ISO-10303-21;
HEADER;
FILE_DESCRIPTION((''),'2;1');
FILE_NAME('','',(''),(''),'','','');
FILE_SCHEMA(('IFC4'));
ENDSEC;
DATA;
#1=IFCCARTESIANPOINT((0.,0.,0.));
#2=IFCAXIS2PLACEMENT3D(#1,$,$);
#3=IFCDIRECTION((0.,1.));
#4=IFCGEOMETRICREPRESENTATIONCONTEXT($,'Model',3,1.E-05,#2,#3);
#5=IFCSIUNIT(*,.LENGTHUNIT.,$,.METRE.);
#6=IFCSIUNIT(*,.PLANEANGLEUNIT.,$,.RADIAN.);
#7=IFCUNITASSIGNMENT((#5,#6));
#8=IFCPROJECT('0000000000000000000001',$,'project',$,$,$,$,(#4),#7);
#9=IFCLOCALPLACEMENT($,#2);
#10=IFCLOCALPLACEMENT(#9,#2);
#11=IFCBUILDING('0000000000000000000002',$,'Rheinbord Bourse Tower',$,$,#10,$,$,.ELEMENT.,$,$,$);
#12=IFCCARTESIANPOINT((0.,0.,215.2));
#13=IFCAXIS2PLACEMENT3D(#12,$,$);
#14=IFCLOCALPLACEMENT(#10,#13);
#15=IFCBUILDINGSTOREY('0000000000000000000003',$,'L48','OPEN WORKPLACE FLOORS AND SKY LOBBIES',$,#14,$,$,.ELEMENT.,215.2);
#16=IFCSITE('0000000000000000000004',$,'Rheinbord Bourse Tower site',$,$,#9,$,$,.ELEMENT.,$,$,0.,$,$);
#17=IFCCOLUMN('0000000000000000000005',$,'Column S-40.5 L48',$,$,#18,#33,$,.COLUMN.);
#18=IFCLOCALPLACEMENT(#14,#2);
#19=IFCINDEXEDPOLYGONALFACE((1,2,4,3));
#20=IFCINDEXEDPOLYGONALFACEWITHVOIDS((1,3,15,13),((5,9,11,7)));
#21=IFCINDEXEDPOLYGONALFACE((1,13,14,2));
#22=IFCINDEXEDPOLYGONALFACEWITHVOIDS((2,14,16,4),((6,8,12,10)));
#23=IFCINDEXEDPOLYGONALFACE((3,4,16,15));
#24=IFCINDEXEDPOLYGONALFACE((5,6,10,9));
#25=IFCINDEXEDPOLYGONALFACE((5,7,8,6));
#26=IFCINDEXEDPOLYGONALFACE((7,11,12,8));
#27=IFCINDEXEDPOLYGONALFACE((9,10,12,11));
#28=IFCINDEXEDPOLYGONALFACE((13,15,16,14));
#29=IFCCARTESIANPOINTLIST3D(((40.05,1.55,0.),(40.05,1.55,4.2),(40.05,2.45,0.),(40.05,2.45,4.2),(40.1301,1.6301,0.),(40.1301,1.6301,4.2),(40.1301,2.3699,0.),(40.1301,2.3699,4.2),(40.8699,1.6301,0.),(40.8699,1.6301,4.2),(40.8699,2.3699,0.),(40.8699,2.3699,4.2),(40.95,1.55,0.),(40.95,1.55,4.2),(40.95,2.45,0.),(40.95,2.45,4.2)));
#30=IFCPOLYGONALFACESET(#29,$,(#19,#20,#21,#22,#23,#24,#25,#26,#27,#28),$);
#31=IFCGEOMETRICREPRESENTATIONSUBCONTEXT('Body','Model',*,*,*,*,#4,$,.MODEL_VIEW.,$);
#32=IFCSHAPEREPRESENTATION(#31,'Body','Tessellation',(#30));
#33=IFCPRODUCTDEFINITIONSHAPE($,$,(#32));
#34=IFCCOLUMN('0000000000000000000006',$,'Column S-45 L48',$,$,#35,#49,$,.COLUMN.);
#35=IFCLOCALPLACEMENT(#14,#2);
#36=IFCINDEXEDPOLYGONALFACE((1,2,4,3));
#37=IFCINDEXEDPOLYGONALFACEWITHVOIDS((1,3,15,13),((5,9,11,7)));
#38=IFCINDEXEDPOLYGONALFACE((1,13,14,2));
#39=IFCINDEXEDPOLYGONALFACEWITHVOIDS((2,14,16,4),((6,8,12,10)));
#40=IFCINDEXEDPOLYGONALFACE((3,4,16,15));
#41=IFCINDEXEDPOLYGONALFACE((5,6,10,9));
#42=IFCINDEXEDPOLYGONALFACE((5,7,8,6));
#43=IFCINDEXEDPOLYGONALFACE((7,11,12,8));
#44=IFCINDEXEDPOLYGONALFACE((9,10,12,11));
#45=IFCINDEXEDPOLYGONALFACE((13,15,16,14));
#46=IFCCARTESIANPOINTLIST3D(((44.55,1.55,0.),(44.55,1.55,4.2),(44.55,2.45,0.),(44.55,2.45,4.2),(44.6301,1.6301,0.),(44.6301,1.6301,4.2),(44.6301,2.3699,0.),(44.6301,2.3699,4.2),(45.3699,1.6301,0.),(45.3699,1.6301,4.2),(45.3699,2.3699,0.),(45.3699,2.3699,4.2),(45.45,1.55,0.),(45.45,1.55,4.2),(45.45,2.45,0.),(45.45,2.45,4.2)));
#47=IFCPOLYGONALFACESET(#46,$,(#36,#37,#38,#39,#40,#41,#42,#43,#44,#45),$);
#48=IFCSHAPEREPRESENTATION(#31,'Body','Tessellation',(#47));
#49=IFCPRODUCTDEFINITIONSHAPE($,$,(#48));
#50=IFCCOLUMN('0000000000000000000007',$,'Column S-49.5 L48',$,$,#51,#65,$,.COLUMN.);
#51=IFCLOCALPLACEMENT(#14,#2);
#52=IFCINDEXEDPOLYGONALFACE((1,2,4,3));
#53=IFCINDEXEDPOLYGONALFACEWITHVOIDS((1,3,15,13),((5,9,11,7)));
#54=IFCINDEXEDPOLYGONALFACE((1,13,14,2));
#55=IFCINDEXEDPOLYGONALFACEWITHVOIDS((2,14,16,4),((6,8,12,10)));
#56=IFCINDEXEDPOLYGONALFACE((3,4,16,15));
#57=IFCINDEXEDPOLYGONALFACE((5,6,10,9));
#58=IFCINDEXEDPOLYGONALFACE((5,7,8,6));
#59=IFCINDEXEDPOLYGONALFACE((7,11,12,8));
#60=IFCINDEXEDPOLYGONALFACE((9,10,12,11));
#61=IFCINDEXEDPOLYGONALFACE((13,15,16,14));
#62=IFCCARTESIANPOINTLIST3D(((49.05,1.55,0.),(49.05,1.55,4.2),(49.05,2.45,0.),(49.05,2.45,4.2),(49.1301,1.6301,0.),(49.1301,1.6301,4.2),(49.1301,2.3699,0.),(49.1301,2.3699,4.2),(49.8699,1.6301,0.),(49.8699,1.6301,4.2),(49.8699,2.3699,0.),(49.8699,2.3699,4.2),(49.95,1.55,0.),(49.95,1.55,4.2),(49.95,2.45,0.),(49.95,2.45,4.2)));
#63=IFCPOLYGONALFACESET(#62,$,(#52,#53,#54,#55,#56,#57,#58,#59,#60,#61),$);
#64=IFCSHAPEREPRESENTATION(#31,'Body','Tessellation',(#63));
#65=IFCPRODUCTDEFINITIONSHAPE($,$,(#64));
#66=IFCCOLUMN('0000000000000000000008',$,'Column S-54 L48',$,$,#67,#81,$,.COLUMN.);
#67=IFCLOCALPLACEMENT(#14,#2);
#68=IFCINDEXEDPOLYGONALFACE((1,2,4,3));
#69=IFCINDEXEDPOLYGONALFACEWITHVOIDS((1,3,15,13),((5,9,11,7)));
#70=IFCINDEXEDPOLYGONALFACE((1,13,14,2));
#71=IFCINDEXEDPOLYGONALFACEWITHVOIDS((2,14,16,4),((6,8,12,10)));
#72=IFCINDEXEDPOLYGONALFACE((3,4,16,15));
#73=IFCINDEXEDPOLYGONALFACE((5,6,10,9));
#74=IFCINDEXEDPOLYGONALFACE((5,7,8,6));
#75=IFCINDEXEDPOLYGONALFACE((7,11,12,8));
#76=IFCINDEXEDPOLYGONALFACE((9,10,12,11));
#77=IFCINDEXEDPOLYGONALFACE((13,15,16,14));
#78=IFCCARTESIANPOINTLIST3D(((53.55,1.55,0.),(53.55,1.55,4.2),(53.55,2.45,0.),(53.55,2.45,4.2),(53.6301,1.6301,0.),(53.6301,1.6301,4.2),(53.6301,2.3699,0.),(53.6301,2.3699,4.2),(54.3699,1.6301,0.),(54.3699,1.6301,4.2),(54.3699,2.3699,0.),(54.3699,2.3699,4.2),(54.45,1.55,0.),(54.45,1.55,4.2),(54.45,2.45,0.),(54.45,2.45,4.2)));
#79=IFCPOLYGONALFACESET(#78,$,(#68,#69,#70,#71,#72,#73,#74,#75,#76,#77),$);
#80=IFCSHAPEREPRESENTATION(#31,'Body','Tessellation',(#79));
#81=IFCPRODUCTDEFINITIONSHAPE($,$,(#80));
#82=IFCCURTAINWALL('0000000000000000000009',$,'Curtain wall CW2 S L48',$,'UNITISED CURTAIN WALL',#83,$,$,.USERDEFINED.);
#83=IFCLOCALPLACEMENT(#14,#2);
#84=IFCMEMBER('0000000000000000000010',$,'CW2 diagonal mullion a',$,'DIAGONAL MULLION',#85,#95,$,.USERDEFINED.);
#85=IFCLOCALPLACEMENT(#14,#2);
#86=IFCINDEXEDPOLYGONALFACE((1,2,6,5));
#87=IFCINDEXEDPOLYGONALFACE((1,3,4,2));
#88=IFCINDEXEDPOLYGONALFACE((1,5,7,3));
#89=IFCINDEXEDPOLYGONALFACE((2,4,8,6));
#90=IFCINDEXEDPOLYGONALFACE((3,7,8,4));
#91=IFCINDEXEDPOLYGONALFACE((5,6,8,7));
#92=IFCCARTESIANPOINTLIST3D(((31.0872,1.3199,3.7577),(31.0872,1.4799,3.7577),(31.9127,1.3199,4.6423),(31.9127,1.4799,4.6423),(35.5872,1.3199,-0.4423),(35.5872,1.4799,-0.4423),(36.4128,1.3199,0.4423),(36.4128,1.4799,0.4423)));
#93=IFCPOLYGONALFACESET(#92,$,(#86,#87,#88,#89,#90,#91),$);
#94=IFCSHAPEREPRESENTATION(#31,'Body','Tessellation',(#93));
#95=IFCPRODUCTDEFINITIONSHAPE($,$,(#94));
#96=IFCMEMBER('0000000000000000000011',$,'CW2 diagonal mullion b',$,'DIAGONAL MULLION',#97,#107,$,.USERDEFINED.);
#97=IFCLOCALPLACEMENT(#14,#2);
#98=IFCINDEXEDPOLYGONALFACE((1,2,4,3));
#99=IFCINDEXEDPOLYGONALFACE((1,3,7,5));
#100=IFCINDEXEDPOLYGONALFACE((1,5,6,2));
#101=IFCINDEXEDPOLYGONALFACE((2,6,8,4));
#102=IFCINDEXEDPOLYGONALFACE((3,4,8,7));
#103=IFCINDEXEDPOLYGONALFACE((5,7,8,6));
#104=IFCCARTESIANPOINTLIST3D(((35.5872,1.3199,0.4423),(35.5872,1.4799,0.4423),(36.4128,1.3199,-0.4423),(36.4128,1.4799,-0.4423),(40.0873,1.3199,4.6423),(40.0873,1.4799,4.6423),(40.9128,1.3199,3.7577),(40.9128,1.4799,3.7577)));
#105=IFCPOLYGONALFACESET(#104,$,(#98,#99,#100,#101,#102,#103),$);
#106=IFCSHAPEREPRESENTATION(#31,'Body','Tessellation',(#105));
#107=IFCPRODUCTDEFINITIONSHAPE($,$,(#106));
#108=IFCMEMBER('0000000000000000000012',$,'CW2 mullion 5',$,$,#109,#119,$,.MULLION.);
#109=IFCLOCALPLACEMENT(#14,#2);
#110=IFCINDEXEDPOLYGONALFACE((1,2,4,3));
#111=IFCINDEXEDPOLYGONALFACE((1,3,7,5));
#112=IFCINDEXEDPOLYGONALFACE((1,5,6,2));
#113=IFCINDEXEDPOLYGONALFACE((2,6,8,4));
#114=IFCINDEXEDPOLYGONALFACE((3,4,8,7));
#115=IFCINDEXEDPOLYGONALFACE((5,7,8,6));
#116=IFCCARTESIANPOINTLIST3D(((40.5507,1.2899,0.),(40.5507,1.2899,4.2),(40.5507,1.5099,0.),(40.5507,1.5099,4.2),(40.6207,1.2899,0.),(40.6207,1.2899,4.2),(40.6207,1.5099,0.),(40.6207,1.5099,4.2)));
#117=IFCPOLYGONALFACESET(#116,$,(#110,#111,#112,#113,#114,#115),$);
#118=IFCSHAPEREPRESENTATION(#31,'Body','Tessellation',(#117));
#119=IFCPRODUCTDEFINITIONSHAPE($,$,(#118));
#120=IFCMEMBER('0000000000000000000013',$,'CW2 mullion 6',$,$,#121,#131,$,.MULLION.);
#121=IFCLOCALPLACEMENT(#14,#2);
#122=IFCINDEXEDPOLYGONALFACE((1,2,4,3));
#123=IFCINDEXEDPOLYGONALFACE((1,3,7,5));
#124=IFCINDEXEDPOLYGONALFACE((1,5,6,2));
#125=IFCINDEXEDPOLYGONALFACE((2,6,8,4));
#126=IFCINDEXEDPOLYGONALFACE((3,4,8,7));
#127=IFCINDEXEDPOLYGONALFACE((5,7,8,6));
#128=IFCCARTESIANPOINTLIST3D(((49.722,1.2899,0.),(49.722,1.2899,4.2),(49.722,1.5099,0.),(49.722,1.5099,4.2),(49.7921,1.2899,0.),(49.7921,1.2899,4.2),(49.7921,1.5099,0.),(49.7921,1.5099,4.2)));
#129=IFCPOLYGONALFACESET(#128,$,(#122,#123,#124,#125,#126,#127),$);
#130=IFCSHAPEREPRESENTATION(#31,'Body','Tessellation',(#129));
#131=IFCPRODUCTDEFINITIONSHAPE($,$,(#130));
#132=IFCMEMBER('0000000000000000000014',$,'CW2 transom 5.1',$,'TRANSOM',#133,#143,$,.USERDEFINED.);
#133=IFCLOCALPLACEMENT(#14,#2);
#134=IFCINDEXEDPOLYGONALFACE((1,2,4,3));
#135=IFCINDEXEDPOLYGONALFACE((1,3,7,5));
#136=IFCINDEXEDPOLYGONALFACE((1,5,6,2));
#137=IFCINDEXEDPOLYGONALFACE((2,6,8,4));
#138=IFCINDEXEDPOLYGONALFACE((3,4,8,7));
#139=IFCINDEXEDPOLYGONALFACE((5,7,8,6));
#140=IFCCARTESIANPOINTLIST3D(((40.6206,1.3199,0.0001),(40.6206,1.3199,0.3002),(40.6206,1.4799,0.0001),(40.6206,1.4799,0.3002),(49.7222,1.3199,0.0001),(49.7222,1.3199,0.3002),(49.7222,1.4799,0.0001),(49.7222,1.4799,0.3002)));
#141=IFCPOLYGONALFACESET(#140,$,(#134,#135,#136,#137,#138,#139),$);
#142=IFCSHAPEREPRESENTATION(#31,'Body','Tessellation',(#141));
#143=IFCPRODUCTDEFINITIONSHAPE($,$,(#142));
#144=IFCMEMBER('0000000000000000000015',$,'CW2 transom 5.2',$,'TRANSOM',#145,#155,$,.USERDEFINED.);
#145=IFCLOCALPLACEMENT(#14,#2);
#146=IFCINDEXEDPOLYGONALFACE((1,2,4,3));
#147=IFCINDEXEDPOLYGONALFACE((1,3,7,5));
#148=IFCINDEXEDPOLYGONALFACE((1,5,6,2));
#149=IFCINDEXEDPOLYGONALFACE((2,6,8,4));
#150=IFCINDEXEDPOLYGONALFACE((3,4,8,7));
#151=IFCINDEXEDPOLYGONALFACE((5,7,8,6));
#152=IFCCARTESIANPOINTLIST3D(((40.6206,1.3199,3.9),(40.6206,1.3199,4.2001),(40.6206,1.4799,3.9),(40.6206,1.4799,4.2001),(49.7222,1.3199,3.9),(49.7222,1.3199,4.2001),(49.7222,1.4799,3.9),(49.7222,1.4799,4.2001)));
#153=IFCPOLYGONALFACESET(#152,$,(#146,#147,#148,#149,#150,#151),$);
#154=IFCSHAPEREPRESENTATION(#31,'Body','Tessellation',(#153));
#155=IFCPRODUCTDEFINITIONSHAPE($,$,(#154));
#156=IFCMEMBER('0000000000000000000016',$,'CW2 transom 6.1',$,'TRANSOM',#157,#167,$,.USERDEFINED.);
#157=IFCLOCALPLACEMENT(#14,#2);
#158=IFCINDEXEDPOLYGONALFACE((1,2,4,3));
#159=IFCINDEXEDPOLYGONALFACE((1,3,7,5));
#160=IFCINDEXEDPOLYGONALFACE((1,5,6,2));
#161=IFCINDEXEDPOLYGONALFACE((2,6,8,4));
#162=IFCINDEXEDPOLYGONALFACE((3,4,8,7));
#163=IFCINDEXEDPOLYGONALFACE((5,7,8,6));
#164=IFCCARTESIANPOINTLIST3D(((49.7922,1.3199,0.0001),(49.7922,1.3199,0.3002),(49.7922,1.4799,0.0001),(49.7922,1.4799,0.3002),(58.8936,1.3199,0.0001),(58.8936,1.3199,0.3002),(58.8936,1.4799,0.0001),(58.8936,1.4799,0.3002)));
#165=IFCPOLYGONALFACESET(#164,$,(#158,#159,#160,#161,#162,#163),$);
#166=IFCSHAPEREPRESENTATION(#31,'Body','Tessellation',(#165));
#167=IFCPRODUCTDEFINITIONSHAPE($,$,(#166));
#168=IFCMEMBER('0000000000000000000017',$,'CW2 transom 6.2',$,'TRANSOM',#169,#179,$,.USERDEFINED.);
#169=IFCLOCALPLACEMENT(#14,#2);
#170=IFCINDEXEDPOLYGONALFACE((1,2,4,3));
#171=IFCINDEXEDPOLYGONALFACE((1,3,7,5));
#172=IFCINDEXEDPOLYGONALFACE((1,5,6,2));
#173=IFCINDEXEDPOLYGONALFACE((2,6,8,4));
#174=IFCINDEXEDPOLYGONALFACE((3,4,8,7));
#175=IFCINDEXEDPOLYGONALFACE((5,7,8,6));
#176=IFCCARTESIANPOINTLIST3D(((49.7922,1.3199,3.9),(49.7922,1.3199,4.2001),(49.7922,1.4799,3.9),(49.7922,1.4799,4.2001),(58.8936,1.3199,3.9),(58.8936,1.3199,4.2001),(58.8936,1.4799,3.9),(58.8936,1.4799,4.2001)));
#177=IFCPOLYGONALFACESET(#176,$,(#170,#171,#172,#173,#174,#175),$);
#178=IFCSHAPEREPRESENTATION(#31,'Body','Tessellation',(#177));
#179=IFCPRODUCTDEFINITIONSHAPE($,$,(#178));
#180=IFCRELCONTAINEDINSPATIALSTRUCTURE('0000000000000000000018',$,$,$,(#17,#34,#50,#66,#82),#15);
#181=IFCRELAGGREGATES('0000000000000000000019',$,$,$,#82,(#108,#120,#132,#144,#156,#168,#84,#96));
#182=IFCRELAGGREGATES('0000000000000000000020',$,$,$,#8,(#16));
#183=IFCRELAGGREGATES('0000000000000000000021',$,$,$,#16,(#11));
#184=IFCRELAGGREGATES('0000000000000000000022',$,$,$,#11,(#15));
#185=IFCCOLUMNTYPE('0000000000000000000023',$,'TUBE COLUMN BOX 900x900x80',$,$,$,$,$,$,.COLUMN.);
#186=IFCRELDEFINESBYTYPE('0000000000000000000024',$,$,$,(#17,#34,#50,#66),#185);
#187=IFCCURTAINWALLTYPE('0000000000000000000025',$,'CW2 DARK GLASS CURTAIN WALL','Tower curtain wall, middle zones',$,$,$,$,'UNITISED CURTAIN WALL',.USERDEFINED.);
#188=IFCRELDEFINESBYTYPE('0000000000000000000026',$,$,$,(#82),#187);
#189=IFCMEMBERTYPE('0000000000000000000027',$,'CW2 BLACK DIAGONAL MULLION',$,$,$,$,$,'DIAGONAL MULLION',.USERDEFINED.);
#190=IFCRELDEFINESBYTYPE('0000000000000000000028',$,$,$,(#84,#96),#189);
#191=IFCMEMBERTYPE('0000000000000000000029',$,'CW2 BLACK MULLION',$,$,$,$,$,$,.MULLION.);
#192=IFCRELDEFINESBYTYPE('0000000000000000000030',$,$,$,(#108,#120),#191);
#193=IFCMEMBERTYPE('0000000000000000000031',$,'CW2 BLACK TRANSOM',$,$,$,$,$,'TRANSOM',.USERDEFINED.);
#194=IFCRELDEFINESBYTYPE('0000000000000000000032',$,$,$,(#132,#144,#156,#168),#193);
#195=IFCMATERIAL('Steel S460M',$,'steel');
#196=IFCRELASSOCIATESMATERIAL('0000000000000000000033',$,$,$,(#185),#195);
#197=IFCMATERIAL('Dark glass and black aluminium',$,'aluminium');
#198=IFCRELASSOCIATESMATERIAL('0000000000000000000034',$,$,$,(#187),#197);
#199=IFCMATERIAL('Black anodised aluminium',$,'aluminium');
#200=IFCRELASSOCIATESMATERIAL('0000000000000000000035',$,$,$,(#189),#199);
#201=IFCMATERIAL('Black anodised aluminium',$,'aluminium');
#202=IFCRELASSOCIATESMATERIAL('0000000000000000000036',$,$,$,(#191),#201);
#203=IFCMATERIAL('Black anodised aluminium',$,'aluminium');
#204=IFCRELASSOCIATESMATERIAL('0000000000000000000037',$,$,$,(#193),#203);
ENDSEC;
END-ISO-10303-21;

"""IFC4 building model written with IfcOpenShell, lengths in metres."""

from ifc_helpers import new_model, si_unit, direction, frame, origin, origin_2d, place, context, subcontext, project, spatial, rectangle, hollow_rectangle, extrude, material, material_profile, profile_set, type_object, element, aggregate, save


model = new_model("IFC4")

# Units and contexts
model_context = context("Model", 3, precision=1e-05, world=origin(), true_north=direction((0.0, 1.0)))
body_context = subcontext(model_context, "Body", "Model", "MODEL_VIEW")
ifc_project = project(units=[si_unit("LENGTHUNIT", "METRE"), si_unit("PLANEANGLEUNIT", "RADIAN")], contexts=[model_context])

# Site, building, storey
site_placement = place(None, origin())
site = spatial("IfcSite", under=ifc_project, at=site_placement, Name="Rheinbord Bourse Tower site", CompositionType="ELEMENT", RefElevation=0.0)
building_placement = place(site_placement, origin())
building = spatial("IfcBuilding", under=site, at=building_placement, Name="Rheinbord Bourse Tower", CompositionType="ELEMENT")
storey_placement = place(building_placement, frame((0.0, 0.0, 215.2)))
storey = spatial("IfcBuildingStorey", under=building, at=storey_placement, Name="L48", Description="OPEN WORKPLACE FLOORS AND SKY LOBBIES", CompositionType="ELEMENT", Elevation=215.2)

# Columns
ifc_material_1 = material(Name="Steel S460M", Category="steel")
ifc_material_profile_1 = material_profile(ifc_material_1, hollow_rectangle(XDim=0.8999, YDim=0.8999, WallThickness=0.0801, at=origin_2d()), Name="BOX 900x900x80")
ifc_profile_set_1 = profile_set([ifc_material_profile_1], Name="Steel S460M")
column_type = type_object("IfcColumnType", Name="TUBE COLUMN BOX 900x900x80", PredefinedType="COLUMN", material=ifc_profile_set_1)
for number, where, z_axis, x_axis, name in (
    (1, (40.5, 2.0, 0.0), (0.0, 0.0, 1.0), (0.0, 1.0, 0.0), "Column S-40.5 L48"),
    (2, (45.0, 2.0, 0.0), (0.0, 0.0, 1.0), (0.0, 1.0, 0.0), "Column S-45 L48"),
    (3, (49.5, 2.0, 0.0), (0.0, 0.0, 1.0), (0.0, 1.0, 0.0), "Column S-49.5 L48"),
    (4, (54.0, 2.0, 0.0), (0.0, 0.0, 1.0), (0.0, 1.0, 0.0), "Column S-54 L48"),
):
    element("IfcColumn", number, at=place(storey_placement, frame(where, z_axis=z_axis, x_axis=x_axis)), inside=storey, type_object=column_type, Name=name, PredefinedType="COLUMN", context=body_context, shape_type="SweptSolid", body=[
        extrude(hollow_rectangle(XDim=0.8999, YDim=0.8999, WallThickness=0.0801, at=origin_2d()), origin(), (0.0, 0.0, 1.0), 4.2),
    ])

# Curtain wall, members
ifc_material_2 = material(Name="Dark glass and black aluminium", Category="aluminium")
curtain_wall_type = type_object("IfcCurtainWallType", Name="CW2 DARK GLASS CURTAIN WALL", Description="Tower curtain wall, middle zones", ElementType="UNITISED CURTAIN WALL", PredefinedType="USERDEFINED", material=ifc_material_2)
curtain_wall_placement = place(storey_placement, origin())
curtain_wall = element("IfcCurtainWall", 5, at=curtain_wall_placement, inside=storey, type_object=curtain_wall_type, Name="Curtain wall CW2 S L48", ObjectType="UNITISED CURTAIN WALL", PredefinedType="USERDEFINED")
ifc_material_3 = material(Name="Black anodised aluminium", Category="aluminium")
ifc_material_profile_2 = material_profile(ifc_material_3, rectangle(XDim=0.1599, YDim=1.21, at=origin_2d()), Name="CW2 DIAGONAL MULLION 1210x160")
ifc_profile_set_2 = profile_set([ifc_material_profile_2], Name="Black anodised aluminium")
member_type_1 = type_object("IfcMemberType", Name="CW2 BLACK DIAGONAL MULLION", ElementType="DIAGONAL MULLION", PredefinedType="USERDEFINED", material=ifc_profile_set_2)
member_1_placement = place(storey_placement, frame((36.0, 1.3999, 0.0), z_axis=(-0.731059, 0.0, 0.682314), x_axis=(0.0, -1.0, 0.0)))
member_1 = element("IfcMember", 6, at=member_1_placement, type_object=member_type_1, Name="CW2 diagonal mullion a", ObjectType="DIAGONAL MULLION", PredefinedType="USERDEFINED", context=body_context, shape_type="SweptSolid", body=[
    extrude(rectangle(XDim=0.1599, YDim=1.21, at=origin_2d()), origin(), (0.0, 0.0, 1.0), 6.1555),
])
member_2_placement = place(storey_placement, frame((36.0, 1.3999, 0.0), z_axis=(0.731059, 0.0, 0.682314), x_axis=(0.0, 1.0, 0.0)))
member_2 = element("IfcMember", 7, at=member_2_placement, type_object=member_type_1, Name="CW2 diagonal mullion b", ObjectType="DIAGONAL MULLION", PredefinedType="USERDEFINED", context=body_context, shape_type="SweptSolid", body=[
    extrude(rectangle(XDim=0.1599, YDim=1.21, at=origin_2d()), origin(), (0.0, 0.0, 1.0), 6.1555),
])
ifc_material_4 = material(Name="Black anodised aluminium", Category="aluminium")
ifc_material_profile_3 = material_profile(ifc_material_4, rectangle(XDim=0.22, YDim=0.0701, at=origin_2d()), Name="CW2 MULLION 70x220")
ifc_profile_set_3 = profile_set([ifc_material_profile_3], Name="Black anodised aluminium")
member_type_2 = type_object("IfcMemberType", Name="CW2 BLACK MULLION", PredefinedType="MULLION", material=ifc_profile_set_3)
member_3_placement = place(storey_placement, frame((40.5857, 1.3999, 0.0), z_axis=(0.0, 0.0, 1.0), x_axis=(0.0, 1.0, 0.0)))
member_3 = element("IfcMember", 8, at=member_3_placement, type_object=member_type_2, Name="CW2 mullion 5", PredefinedType="MULLION", context=body_context, shape_type="SweptSolid", body=[
    extrude(rectangle(XDim=0.22, YDim=0.0701, at=origin_2d()), origin(), (0.0, 0.0, 1.0), 4.2),
])
member_4_placement = place(storey_placement, frame((49.7571, 1.3999, 0.0), z_axis=(0.0, 0.0, 1.0), x_axis=(0.0, 1.0, 0.0)))
member_4 = element("IfcMember", 9, at=member_4_placement, type_object=member_type_2, Name="CW2 mullion 6", PredefinedType="MULLION", context=body_context, shape_type="SweptSolid", body=[
    extrude(rectangle(XDim=0.22, YDim=0.0701, at=origin_2d()), origin(), (0.0, 0.0, 1.0), 4.2),
])
ifc_material_5 = material(Name="Black anodised aluminium", Category="aluminium")
ifc_material_profile_4 = material_profile(ifc_material_5, rectangle(XDim=0.1599, YDim=0.3, at=origin_2d()), Name="CW2 TRANSOM 300x160")
ifc_profile_set_4 = profile_set([ifc_material_profile_4], Name="Black anodised aluminium")
member_type_3 = type_object("IfcMemberType", Name="CW2 BLACK TRANSOM", ElementType="TRANSOM", PredefinedType="USERDEFINED", material=ifc_profile_set_4)
member_5_placement = place(storey_placement, frame((40.6206, 1.3999, 0.1501), z_axis=(1.0, 0.0, 0.0), x_axis=(0.0, 1.0, 0.0)))
member_5 = element("IfcMember", 10, at=member_5_placement, type_object=member_type_3, Name="CW2 transom 5.1", ObjectType="TRANSOM", PredefinedType="USERDEFINED", context=body_context, shape_type="SweptSolid", body=[
    extrude(rectangle(XDim=0.1599, YDim=0.3, at=origin_2d()), origin(), (0.0, 0.0, 1.0), 9.1016),
])
member_6_placement = place(storey_placement, frame((40.6206, 1.3999, 4.05), z_axis=(1.0, 0.0, 0.0), x_axis=(0.0, 1.0, 0.0)))
member_6 = element("IfcMember", 11, at=member_6_placement, type_object=member_type_3, Name="CW2 transom 5.2", ObjectType="TRANSOM", PredefinedType="USERDEFINED", context=body_context, shape_type="SweptSolid", body=[
    extrude(rectangle(XDim=0.1599, YDim=0.3, at=origin_2d()), origin(), (0.0, 0.0, 1.0), 9.1016),
])
member_7_placement = place(storey_placement, frame((49.7922, 1.3999, 0.1501), z_axis=(1.0, 0.0, 0.0), x_axis=(0.0, 1.0, 0.0)))
member_7 = element("IfcMember", 12, at=member_7_placement, type_object=member_type_3, Name="CW2 transom 6.1", ObjectType="TRANSOM", PredefinedType="USERDEFINED", context=body_context, shape_type="SweptSolid", body=[
    extrude(rectangle(XDim=0.1599, YDim=0.3, at=origin_2d()), origin(), (0.0, 0.0, 1.0), 9.1013),
])
member_8_placement = place(storey_placement, frame((49.7922, 1.3999, 4.05), z_axis=(1.0, 0.0, 0.0), x_axis=(0.0, 1.0, 0.0)))
member_8 = element("IfcMember", 13, at=member_8_placement, type_object=member_type_3, Name="CW2 transom 6.2", ObjectType="TRANSOM", PredefinedType="USERDEFINED", context=body_context, shape_type="SweptSolid", body=[
    extrude(rectangle(XDim=0.1599, YDim=0.3, at=origin_2d()), origin(), (0.0, 0.0, 1.0), 9.1013),
])

aggregate(curtain_wall, [member_3, member_4, member_5, member_6, member_7, member_8, member_1, member_2])

save(model, "model.ifc")
